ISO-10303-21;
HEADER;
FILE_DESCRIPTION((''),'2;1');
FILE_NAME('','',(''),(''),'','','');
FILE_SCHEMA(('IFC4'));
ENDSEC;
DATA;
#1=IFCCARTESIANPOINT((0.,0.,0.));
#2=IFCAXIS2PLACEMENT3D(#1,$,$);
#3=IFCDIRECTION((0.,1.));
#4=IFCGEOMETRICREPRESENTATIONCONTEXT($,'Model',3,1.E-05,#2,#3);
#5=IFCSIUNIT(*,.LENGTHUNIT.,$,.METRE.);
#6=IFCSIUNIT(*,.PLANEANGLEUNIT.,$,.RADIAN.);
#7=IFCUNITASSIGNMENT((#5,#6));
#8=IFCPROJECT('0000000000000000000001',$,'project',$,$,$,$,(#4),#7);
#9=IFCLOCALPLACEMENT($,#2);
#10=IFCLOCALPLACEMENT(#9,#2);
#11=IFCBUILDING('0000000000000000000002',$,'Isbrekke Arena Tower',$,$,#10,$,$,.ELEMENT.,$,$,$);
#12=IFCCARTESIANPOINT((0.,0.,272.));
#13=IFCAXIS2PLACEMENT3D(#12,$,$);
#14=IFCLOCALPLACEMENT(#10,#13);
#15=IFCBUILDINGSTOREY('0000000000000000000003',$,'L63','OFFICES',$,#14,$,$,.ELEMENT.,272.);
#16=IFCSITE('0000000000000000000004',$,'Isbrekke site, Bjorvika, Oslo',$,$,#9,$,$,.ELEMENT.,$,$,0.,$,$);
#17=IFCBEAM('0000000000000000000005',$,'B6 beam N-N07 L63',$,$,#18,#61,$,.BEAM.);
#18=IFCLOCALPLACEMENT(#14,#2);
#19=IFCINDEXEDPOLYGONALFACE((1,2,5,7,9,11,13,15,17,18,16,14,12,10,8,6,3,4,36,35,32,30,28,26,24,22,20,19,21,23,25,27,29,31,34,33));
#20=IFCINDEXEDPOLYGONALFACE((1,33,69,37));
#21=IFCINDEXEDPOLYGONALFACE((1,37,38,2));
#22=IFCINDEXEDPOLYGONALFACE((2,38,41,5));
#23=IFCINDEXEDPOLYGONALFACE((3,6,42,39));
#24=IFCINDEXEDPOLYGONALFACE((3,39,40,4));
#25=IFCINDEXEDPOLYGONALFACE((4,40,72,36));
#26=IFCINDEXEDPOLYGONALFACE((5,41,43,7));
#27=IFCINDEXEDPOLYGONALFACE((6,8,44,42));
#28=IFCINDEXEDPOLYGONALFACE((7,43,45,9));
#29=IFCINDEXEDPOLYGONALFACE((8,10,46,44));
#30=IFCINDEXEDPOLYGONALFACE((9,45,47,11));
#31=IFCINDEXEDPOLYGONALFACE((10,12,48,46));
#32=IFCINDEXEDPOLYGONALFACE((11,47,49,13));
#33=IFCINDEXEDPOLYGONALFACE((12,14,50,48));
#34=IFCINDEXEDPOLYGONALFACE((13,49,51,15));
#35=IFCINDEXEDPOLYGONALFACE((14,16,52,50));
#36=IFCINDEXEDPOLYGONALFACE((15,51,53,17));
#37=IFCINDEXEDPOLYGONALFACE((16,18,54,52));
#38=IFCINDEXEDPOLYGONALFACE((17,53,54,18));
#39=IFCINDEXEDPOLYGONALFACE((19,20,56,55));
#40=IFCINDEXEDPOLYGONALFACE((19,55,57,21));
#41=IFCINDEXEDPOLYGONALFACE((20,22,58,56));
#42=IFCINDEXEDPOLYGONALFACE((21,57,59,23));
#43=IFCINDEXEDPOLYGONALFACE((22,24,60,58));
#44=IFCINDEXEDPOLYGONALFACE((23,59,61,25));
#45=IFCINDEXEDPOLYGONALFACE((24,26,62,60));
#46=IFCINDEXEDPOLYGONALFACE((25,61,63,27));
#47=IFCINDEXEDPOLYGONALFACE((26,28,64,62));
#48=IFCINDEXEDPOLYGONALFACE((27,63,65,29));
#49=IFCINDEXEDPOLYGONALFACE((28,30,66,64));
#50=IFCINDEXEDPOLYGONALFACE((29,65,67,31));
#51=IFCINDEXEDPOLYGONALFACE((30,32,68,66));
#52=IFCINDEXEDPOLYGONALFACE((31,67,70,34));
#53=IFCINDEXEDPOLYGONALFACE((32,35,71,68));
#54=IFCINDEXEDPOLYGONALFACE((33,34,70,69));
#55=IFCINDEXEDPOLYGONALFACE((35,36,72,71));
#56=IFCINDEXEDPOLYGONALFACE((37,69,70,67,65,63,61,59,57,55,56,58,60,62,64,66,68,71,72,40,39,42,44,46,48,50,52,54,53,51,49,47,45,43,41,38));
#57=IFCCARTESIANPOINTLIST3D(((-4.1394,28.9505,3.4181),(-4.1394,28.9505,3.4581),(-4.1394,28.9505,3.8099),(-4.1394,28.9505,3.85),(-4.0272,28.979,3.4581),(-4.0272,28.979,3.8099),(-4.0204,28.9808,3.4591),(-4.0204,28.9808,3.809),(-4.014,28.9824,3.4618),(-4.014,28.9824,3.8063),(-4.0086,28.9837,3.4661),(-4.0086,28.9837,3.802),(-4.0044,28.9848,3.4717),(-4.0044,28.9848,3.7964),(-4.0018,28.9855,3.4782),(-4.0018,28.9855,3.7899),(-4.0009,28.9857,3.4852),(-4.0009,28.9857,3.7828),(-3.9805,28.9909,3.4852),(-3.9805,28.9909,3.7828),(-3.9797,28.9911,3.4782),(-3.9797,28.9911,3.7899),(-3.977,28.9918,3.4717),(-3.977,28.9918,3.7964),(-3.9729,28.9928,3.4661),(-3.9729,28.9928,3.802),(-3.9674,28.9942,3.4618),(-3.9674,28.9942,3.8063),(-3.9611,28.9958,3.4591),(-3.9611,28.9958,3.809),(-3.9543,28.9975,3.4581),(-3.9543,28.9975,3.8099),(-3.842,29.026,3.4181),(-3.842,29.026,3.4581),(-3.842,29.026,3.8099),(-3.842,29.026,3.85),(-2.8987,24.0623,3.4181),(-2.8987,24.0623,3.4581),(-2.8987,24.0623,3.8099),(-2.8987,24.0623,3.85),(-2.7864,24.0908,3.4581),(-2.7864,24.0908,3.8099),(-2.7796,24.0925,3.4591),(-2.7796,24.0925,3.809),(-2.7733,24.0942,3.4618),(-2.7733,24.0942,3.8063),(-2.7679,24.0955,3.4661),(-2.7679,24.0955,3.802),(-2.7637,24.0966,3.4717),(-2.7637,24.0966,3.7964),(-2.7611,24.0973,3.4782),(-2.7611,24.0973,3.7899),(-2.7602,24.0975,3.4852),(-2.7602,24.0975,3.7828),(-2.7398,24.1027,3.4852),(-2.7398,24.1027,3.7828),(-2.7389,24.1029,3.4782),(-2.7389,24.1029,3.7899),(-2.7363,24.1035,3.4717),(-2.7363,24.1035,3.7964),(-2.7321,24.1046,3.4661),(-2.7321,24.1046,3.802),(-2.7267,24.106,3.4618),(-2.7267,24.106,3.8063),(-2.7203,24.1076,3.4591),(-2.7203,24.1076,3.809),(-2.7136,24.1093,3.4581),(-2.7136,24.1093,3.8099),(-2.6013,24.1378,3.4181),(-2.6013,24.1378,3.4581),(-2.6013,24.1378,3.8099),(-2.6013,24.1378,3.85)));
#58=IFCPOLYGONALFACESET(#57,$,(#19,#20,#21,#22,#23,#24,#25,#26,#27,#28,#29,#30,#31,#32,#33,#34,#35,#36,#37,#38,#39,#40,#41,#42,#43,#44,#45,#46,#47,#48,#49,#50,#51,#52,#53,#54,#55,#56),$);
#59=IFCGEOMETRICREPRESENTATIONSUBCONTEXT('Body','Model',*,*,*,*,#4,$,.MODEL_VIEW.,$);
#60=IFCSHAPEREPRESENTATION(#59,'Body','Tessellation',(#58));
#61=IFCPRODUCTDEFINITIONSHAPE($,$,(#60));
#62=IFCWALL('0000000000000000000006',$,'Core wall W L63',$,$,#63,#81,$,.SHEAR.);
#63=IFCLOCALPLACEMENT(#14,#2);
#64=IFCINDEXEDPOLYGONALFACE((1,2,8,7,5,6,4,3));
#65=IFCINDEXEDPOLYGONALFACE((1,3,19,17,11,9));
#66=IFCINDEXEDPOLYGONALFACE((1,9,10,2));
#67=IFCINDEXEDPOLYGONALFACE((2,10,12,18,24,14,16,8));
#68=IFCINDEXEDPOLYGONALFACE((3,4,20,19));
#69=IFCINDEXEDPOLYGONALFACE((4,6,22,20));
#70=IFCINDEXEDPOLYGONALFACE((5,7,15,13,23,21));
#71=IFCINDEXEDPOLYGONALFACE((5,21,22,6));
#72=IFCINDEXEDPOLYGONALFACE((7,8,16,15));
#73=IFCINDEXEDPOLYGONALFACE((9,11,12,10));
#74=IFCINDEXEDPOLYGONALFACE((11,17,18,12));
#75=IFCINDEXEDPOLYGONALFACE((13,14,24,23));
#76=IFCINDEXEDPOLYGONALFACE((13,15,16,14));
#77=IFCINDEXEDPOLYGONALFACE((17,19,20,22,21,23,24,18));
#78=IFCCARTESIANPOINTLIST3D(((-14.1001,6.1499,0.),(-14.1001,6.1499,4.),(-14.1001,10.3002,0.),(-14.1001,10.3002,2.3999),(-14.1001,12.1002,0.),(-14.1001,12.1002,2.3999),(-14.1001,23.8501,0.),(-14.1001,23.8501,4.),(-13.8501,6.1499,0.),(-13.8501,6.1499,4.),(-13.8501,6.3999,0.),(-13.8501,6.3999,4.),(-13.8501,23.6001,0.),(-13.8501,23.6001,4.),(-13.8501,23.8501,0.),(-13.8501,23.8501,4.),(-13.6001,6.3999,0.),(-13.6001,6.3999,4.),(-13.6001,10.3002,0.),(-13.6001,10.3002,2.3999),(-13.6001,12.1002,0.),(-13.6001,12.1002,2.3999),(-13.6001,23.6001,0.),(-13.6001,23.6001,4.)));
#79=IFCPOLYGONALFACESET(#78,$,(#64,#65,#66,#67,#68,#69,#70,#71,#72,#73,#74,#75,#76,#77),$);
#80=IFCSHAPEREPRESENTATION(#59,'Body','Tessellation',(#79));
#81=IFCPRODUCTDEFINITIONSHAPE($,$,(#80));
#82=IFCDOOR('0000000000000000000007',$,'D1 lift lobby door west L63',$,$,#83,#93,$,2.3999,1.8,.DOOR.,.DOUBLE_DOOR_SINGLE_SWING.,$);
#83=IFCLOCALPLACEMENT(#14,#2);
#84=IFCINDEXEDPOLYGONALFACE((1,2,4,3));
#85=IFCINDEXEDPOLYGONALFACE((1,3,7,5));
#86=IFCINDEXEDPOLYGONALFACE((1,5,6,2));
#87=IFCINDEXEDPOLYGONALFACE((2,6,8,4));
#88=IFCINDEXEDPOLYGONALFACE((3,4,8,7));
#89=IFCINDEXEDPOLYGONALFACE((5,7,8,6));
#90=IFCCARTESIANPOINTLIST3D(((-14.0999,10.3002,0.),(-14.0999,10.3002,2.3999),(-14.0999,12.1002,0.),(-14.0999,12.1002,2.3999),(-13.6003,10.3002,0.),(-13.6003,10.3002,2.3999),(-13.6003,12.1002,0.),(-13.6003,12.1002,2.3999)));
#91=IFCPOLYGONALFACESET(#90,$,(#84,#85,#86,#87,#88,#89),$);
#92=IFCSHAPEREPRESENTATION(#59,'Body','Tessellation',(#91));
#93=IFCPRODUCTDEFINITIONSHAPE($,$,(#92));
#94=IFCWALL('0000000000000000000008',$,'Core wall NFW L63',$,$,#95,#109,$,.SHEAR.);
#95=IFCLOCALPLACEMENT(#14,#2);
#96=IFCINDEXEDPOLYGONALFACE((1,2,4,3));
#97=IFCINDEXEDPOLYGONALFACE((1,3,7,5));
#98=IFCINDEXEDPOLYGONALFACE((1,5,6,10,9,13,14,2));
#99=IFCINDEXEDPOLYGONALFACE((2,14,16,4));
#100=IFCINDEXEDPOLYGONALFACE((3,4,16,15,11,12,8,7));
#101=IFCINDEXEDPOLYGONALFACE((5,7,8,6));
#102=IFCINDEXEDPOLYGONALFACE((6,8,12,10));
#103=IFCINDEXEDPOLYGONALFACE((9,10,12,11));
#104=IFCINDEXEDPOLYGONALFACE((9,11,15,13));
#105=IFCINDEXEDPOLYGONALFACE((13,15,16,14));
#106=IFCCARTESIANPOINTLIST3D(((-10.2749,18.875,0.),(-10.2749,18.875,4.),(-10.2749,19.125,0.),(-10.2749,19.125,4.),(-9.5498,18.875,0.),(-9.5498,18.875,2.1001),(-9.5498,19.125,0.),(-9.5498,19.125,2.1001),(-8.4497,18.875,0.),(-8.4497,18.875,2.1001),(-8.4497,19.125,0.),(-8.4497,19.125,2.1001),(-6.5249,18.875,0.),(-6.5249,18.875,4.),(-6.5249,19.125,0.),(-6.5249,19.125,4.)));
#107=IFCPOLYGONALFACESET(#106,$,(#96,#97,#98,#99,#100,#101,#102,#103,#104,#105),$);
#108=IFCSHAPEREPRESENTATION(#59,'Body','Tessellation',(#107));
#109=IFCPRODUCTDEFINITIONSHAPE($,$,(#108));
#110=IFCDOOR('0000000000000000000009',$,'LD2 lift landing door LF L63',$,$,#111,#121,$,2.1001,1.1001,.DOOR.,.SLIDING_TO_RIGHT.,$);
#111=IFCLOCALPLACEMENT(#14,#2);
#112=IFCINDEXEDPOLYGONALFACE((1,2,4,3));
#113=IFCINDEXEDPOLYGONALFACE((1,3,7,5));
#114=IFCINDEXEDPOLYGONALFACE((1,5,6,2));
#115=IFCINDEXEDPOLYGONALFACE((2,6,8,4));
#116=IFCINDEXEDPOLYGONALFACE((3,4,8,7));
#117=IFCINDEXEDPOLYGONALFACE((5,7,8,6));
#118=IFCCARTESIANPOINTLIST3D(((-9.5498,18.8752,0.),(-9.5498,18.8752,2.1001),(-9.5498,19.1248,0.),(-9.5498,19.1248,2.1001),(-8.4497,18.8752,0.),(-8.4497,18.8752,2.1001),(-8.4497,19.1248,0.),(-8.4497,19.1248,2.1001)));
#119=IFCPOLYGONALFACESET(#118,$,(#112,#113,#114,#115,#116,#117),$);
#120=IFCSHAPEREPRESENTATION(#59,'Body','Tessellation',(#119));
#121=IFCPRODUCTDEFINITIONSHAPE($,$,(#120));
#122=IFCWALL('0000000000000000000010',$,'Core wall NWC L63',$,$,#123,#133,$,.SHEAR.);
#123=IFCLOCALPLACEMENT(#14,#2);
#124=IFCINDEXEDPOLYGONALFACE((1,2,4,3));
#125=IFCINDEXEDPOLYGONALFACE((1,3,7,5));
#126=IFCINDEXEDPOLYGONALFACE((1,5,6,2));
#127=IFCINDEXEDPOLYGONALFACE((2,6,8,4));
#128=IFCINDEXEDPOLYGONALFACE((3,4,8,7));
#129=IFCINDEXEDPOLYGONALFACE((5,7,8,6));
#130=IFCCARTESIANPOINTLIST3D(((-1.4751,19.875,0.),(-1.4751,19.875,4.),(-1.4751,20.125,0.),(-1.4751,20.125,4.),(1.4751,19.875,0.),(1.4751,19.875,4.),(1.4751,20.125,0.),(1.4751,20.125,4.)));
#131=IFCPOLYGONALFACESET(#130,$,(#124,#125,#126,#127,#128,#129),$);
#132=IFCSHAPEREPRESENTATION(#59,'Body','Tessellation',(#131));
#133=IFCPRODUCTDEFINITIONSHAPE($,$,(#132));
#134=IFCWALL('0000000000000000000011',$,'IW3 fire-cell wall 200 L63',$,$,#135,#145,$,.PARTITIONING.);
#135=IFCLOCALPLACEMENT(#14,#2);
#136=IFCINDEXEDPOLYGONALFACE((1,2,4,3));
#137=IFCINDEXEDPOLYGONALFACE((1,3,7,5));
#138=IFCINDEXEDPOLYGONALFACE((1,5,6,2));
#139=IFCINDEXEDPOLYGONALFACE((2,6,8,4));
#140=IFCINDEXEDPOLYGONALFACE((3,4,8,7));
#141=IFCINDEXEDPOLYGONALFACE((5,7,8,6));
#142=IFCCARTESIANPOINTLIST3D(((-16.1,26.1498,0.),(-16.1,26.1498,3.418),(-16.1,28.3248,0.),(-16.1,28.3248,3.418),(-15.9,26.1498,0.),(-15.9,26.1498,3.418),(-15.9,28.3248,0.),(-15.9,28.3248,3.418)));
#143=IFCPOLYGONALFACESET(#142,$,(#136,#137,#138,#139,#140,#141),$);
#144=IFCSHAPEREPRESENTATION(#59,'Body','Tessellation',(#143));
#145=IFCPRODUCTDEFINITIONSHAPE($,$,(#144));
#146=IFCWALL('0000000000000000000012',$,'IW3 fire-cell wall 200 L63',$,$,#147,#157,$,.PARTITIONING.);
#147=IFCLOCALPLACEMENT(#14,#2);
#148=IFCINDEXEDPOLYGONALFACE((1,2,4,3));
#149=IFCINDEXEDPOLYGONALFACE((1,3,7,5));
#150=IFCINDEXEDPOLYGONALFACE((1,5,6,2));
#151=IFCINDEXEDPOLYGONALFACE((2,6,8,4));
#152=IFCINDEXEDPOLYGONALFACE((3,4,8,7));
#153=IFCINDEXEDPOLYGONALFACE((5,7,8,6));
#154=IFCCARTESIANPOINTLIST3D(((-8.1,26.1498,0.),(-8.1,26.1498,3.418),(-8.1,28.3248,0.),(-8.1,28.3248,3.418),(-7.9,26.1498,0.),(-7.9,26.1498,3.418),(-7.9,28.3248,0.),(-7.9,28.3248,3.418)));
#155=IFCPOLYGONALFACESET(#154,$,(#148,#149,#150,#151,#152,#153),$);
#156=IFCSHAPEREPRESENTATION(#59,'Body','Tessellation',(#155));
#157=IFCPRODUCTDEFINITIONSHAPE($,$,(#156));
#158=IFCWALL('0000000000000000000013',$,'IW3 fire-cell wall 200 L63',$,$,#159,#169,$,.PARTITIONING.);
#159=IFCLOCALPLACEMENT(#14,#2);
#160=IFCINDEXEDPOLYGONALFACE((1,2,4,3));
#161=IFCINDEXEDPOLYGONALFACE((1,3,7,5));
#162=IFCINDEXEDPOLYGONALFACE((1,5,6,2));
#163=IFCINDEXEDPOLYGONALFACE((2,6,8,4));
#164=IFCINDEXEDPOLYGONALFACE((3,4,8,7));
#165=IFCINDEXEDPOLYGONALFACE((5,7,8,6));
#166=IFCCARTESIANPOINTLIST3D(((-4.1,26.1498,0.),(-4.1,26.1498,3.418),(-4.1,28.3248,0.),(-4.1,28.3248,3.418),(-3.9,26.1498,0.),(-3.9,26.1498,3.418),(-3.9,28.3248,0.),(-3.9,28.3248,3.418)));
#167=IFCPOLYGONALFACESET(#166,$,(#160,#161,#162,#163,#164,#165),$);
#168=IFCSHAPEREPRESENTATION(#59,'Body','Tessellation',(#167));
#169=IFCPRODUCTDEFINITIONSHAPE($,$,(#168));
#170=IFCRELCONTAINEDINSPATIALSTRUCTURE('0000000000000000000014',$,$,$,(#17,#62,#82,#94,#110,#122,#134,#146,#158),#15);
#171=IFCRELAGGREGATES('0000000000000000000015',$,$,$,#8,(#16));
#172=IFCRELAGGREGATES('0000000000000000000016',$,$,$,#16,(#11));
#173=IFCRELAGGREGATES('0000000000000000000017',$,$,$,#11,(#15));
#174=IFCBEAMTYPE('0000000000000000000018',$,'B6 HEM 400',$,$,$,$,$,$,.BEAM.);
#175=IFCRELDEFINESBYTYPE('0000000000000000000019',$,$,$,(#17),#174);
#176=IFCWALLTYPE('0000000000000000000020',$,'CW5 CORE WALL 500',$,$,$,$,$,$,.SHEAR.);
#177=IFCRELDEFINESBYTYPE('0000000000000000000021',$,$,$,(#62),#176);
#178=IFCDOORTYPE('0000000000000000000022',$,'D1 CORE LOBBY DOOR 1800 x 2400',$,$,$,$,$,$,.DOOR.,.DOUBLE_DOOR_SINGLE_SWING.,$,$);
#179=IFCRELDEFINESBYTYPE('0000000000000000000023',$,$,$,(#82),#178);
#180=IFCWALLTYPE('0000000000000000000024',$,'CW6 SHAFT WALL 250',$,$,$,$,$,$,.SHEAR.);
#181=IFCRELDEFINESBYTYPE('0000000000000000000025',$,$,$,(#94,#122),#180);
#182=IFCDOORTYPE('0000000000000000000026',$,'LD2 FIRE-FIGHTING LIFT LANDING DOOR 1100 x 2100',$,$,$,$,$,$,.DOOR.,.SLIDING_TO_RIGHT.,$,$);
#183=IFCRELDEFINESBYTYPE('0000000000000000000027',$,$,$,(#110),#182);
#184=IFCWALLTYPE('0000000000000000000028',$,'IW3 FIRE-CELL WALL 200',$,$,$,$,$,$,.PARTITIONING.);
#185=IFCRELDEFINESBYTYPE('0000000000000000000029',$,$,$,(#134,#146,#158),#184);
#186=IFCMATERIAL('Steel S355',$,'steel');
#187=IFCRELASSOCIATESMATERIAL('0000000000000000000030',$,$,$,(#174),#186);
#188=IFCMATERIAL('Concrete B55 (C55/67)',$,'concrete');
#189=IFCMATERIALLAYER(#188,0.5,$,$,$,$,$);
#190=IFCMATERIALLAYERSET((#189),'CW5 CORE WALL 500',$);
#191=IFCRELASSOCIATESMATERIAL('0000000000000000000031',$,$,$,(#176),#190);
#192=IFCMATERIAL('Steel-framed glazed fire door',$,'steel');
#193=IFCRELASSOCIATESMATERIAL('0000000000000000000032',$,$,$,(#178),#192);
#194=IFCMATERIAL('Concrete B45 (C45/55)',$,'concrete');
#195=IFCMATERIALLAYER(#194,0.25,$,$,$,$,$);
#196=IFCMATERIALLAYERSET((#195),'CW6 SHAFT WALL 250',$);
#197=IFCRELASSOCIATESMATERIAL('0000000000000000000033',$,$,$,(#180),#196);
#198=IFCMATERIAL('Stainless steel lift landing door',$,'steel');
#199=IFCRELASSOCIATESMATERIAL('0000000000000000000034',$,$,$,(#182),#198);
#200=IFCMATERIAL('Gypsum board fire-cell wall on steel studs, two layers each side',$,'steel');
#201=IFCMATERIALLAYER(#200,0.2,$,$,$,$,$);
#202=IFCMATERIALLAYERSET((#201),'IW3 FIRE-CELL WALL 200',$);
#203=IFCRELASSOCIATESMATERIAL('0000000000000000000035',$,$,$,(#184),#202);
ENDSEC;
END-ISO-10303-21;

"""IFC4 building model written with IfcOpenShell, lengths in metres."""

from ifc_helpers import new_model, si_unit, direction, frame, frame_2d, origin, origin_2d, place, context, subcontext, project, spatial, polyline, rectangle, i_section, outline, extrude, material, layer, layer_set, material_profile, profile_set, type_object, element, fill, save


model = new_model("IFC4")

# Units and contexts
model_context = context("Model", 3, precision=1e-05, world=origin(), true_north=direction((0.0, 1.0)))
body_context = subcontext(model_context, "Body", "Model", "MODEL_VIEW")
ifc_project = project(units=[si_unit("LENGTHUNIT", "METRE"), si_unit("PLANEANGLEUNIT", "RADIAN")], contexts=[model_context])

# Site, building, storey
site_placement = place(None, origin())
site = spatial("IfcSite", under=ifc_project, at=site_placement, Name="Isbrekke site, Bjorvika, Oslo", CompositionType="ELEMENT", RefElevation=0.0)
building_placement = place(site_placement, origin())
building = spatial("IfcBuilding", under=site, at=building_placement, Name="Isbrekke Arena Tower", CompositionType="ELEMENT")
storey_placement = place(building_placement, frame((0.0, 0.0, 272.0)))
storey = spatial("IfcBuildingStorey", under=building, at=storey_placement, Name="L63", Description="OFFICES", CompositionType="ELEMENT", Elevation=272.0)

# Beam
ifc_material_1 = material(Name="Steel S355", Category="steel")
ifc_material_profile = material_profile(ifc_material_1, i_section(OverallWidth=0.3069, OverallDepth=0.4319, WebThickness=0.021, FlangeThickness=0.04, FilletRadius=0.0271, at=origin_2d()), Name="HEM 400")
ifc_profile_set = profile_set([ifc_material_profile], Name="Steel S355")
beam_type = type_object("IfcBeamType", Name="B6 HEM 400", PredefinedType="BEAM", material=ifc_profile_set)
beam_placement = place(storey_placement, frame((-3.9907, 28.9883, 3.634), z_axis=(0.24602, -0.969265, 0.0), x_axis=(0.969265, 0.24602, 0.0)))
element("IfcBeam", 1, at=beam_placement, inside=storey, type_object=beam_type, Name="B6 beam N-N07 L63", PredefinedType="BEAM", context=body_context, shape_type="SweptSolid", body=[
    extrude(i_section(OverallWidth=0.3069, OverallDepth=0.4319, WebThickness=0.021, FlangeThickness=0.04, FilletRadius=0.0271, at=origin_2d()), origin(), (0.0, 0.0, 1.0), 5.0432),
])

# Walls, openings, doors
ifc_material_2 = material(Name="Concrete B55 (C55/67)", Category="concrete")
ifc_layer_1 = layer(ifc_material_2, 0.5)
ifc_layer_set_1 = layer_set([ifc_layer_1], Name="CW5 CORE WALL 500")
wall_type_1 = type_object("IfcWallType", Name="CW5 CORE WALL 500", PredefinedType="SHEAR", material=ifc_layer_set_1)
wall_1_placement = place(storey_placement, frame((-13.8501, 23.8501, 0.0), z_axis=(0.0, 0.0, 1.0), x_axis=(0.0, -1.0, 0.0)))
wall_1 = element("IfcWall", 2, at=wall_1_placement, inside=storey, type_object=wall_type_1, Name="Core wall W L63", PredefinedType="SHEAR", context=body_context, shape_type="SweptSolid", body=[
    extrude(outline(polyline([(0.0, -0.25), (17.7002, -0.25), (17.7002, 0.0), (17.4502, 0.0), (17.4502, 0.25), (0.25, 0.25), (0.25, 0.0), (0.0, 0.0), (0.0, -0.25)])), origin(), (0.0, 0.0, 1.0), 4.0),
])
opening_1_placement = place(wall_1_placement, frame((11.75, 0.0, 0.0)))
opening_1 = element("IfcOpeningElement", 3, at=opening_1_placement, cuts=wall_1, PredefinedType="OPENING", context=body_context, shape_type="SweptSolid", body=[
    extrude(rectangle(XDim=1.8, YDim=2.3999, at=frame_2d((0.8999, 1.2))), frame((0.0, 0.2649, 0.0), z_axis=(0.0, -1.0, 0.0), x_axis=(1.0, 0.0, 0.0)), (0.0, 0.0, 1.0), 0.5298),
])
ifc_material_3 = material(Name="Steel-framed glazed fire door", Category="steel")
door_type_1 = type_object("IfcDoorType", Name="D1 CORE LOBBY DOOR 1800 x 2400", OperationType="DOUBLE_DOOR_SINGLE_SWING", PredefinedType="DOOR", material=ifc_material_3)
door_1_placement = place(opening_1_placement, origin())
door_1 = element("IfcDoor", 4, at=door_1_placement, inside=storey, type_object=door_type_1, Name="D1 lift lobby door west L63", OperationType="DOUBLE_DOOR_SINGLE_SWING", OverallHeight=2.3999, OverallWidth=1.8, PredefinedType="DOOR", context=body_context, shape_type="SweptSolid", body=[
    extrude(rectangle(XDim=1.8, YDim=2.3999, at=frame_2d((0.8999, 1.2))), frame((0.0, 0.2498, 0.0), z_axis=(0.0, -1.0, 0.0), x_axis=(1.0, 0.0, 0.0)), (0.0, 0.0, 1.0), 0.4995),
])
fill(opening_1, door_1)
ifc_material_4 = material(Name="Concrete B45 (C45/55)", Category="concrete")
ifc_layer_2 = layer(ifc_material_4, 0.25)
ifc_layer_set_2 = layer_set([ifc_layer_2], Name="CW6 SHAFT WALL 250")
wall_type_2 = type_object("IfcWallType", Name="CW6 SHAFT WALL 250", PredefinedType="SHEAR", material=ifc_layer_set_2)
wall_2_placement = place(storey_placement, frame((-10.2749, 19.0, 0.0), z_axis=(0.0, 0.0, 1.0), x_axis=(1.0, 0.0, 0.0)))
wall_2 = element("IfcWall", 5, at=wall_2_placement, inside=storey, type_object=wall_type_2, Name="Core wall NFW L63", PredefinedType="SHEAR", context=body_context, shape_type="SweptSolid", body=[
    extrude(rectangle(XDim=3.75, YDim=0.25, at=frame_2d((1.875, 0.0))), origin(), (0.0, 0.0, 1.0), 4.0),
])
opening_2_placement = place(wall_2_placement, frame((0.7251, 0.0, 0.0)))
opening_2 = element("IfcOpeningElement", 6, at=opening_2_placement, cuts=wall_2, PredefinedType="OPENING", context=body_context, shape_type="SweptSolid", body=[
    extrude(rectangle(XDim=1.1001, YDim=2.1001, at=frame_2d((0.55, 1.05))), frame((0.0, 0.1399, 0.0), z_axis=(0.0, -1.0, 0.0), x_axis=(1.0, 0.0, 0.0)), (0.0, 0.0, 1.0), 0.2798),
])
ifc_material_5 = material(Name="Stainless steel lift landing door", Category="steel")
door_type_2 = type_object("IfcDoorType", Name="LD2 FIRE-FIGHTING LIFT LANDING DOOR 1100 x 2100", OperationType="SLIDING_TO_RIGHT", PredefinedType="DOOR", material=ifc_material_5)
door_2_placement = place(opening_2_placement, origin())
door_2 = element("IfcDoor", 7, at=door_2_placement, inside=storey, type_object=door_type_2, Name="LD2 lift landing door LF L63", OperationType="SLIDING_TO_RIGHT", OverallHeight=2.1001, OverallWidth=1.1001, PredefinedType="DOOR", context=body_context, shape_type="SweptSolid", body=[
    extrude(rectangle(XDim=1.1001, YDim=2.1001, at=frame_2d((0.55, 1.05))), frame((0.0, 0.1248, 0.0), z_axis=(0.0, -1.0, 0.0), x_axis=(1.0, 0.0, 0.0)), (0.0, 0.0, 1.0), 0.2495),
])
fill(opening_2, door_2)

# Walls
wall_3_placement = place(storey_placement, frame((-1.4751, 20.0, 0.0), z_axis=(0.0, 0.0, 1.0), x_axis=(1.0, 0.0, 0.0)))
element("IfcWall", 8, at=wall_3_placement, inside=storey, type_object=wall_type_2, Name="Core wall NWC L63", PredefinedType="SHEAR", context=body_context, shape_type="SweptSolid", body=[
    extrude(rectangle(XDim=2.9502, YDim=0.25, at=frame_2d((1.4751, 0.0))), origin(), (0.0, 0.0, 1.0), 4.0),
])
ifc_material_6 = material(Name="Gypsum board fire-cell wall on steel studs, two layers each side", Category="steel")
ifc_layer_3 = layer(ifc_material_6, 0.2)
ifc_layer_set_3 = layer_set([ifc_layer_3], Name="IW3 FIRE-CELL WALL 200")
wall_type_3 = type_object("IfcWallType", Name="IW3 FIRE-CELL WALL 200", PredefinedType="PARTITIONING", material=ifc_layer_set_3)
for number, where, z_axis, x_axis, name in (
    (9, (-16.0, 26.1499, 0.0), (0.0, 0.0, 1.0), (0.0, 1.0, 0.0), "IW3 fire-cell wall 200 L63"),
    (10, (-8.0, 26.1499, 0.0), (0.0, 0.0, 1.0), (0.0, 1.0, 0.0), "IW3 fire-cell wall 200 L63"),
    (11, (-4.0, 26.1499, 0.0), (0.0, 0.0, 1.0), (0.0, 1.0, 0.0), "IW3 fire-cell wall 200 L63"),
):
    element("IfcWall", number, at=place(storey_placement, frame(where, z_axis=z_axis, x_axis=x_axis)), inside=storey, type_object=wall_type_3, Name=name, PredefinedType="PARTITIONING", context=body_context, shape_type="SweptSolid", body=[
        extrude(rectangle(XDim=2.175, YDim=0.2, at=frame_2d((1.0874, 0.0))), origin(), (0.0, 0.0, 1.0), 3.418),
    ])

save(model, "model.ifc")
